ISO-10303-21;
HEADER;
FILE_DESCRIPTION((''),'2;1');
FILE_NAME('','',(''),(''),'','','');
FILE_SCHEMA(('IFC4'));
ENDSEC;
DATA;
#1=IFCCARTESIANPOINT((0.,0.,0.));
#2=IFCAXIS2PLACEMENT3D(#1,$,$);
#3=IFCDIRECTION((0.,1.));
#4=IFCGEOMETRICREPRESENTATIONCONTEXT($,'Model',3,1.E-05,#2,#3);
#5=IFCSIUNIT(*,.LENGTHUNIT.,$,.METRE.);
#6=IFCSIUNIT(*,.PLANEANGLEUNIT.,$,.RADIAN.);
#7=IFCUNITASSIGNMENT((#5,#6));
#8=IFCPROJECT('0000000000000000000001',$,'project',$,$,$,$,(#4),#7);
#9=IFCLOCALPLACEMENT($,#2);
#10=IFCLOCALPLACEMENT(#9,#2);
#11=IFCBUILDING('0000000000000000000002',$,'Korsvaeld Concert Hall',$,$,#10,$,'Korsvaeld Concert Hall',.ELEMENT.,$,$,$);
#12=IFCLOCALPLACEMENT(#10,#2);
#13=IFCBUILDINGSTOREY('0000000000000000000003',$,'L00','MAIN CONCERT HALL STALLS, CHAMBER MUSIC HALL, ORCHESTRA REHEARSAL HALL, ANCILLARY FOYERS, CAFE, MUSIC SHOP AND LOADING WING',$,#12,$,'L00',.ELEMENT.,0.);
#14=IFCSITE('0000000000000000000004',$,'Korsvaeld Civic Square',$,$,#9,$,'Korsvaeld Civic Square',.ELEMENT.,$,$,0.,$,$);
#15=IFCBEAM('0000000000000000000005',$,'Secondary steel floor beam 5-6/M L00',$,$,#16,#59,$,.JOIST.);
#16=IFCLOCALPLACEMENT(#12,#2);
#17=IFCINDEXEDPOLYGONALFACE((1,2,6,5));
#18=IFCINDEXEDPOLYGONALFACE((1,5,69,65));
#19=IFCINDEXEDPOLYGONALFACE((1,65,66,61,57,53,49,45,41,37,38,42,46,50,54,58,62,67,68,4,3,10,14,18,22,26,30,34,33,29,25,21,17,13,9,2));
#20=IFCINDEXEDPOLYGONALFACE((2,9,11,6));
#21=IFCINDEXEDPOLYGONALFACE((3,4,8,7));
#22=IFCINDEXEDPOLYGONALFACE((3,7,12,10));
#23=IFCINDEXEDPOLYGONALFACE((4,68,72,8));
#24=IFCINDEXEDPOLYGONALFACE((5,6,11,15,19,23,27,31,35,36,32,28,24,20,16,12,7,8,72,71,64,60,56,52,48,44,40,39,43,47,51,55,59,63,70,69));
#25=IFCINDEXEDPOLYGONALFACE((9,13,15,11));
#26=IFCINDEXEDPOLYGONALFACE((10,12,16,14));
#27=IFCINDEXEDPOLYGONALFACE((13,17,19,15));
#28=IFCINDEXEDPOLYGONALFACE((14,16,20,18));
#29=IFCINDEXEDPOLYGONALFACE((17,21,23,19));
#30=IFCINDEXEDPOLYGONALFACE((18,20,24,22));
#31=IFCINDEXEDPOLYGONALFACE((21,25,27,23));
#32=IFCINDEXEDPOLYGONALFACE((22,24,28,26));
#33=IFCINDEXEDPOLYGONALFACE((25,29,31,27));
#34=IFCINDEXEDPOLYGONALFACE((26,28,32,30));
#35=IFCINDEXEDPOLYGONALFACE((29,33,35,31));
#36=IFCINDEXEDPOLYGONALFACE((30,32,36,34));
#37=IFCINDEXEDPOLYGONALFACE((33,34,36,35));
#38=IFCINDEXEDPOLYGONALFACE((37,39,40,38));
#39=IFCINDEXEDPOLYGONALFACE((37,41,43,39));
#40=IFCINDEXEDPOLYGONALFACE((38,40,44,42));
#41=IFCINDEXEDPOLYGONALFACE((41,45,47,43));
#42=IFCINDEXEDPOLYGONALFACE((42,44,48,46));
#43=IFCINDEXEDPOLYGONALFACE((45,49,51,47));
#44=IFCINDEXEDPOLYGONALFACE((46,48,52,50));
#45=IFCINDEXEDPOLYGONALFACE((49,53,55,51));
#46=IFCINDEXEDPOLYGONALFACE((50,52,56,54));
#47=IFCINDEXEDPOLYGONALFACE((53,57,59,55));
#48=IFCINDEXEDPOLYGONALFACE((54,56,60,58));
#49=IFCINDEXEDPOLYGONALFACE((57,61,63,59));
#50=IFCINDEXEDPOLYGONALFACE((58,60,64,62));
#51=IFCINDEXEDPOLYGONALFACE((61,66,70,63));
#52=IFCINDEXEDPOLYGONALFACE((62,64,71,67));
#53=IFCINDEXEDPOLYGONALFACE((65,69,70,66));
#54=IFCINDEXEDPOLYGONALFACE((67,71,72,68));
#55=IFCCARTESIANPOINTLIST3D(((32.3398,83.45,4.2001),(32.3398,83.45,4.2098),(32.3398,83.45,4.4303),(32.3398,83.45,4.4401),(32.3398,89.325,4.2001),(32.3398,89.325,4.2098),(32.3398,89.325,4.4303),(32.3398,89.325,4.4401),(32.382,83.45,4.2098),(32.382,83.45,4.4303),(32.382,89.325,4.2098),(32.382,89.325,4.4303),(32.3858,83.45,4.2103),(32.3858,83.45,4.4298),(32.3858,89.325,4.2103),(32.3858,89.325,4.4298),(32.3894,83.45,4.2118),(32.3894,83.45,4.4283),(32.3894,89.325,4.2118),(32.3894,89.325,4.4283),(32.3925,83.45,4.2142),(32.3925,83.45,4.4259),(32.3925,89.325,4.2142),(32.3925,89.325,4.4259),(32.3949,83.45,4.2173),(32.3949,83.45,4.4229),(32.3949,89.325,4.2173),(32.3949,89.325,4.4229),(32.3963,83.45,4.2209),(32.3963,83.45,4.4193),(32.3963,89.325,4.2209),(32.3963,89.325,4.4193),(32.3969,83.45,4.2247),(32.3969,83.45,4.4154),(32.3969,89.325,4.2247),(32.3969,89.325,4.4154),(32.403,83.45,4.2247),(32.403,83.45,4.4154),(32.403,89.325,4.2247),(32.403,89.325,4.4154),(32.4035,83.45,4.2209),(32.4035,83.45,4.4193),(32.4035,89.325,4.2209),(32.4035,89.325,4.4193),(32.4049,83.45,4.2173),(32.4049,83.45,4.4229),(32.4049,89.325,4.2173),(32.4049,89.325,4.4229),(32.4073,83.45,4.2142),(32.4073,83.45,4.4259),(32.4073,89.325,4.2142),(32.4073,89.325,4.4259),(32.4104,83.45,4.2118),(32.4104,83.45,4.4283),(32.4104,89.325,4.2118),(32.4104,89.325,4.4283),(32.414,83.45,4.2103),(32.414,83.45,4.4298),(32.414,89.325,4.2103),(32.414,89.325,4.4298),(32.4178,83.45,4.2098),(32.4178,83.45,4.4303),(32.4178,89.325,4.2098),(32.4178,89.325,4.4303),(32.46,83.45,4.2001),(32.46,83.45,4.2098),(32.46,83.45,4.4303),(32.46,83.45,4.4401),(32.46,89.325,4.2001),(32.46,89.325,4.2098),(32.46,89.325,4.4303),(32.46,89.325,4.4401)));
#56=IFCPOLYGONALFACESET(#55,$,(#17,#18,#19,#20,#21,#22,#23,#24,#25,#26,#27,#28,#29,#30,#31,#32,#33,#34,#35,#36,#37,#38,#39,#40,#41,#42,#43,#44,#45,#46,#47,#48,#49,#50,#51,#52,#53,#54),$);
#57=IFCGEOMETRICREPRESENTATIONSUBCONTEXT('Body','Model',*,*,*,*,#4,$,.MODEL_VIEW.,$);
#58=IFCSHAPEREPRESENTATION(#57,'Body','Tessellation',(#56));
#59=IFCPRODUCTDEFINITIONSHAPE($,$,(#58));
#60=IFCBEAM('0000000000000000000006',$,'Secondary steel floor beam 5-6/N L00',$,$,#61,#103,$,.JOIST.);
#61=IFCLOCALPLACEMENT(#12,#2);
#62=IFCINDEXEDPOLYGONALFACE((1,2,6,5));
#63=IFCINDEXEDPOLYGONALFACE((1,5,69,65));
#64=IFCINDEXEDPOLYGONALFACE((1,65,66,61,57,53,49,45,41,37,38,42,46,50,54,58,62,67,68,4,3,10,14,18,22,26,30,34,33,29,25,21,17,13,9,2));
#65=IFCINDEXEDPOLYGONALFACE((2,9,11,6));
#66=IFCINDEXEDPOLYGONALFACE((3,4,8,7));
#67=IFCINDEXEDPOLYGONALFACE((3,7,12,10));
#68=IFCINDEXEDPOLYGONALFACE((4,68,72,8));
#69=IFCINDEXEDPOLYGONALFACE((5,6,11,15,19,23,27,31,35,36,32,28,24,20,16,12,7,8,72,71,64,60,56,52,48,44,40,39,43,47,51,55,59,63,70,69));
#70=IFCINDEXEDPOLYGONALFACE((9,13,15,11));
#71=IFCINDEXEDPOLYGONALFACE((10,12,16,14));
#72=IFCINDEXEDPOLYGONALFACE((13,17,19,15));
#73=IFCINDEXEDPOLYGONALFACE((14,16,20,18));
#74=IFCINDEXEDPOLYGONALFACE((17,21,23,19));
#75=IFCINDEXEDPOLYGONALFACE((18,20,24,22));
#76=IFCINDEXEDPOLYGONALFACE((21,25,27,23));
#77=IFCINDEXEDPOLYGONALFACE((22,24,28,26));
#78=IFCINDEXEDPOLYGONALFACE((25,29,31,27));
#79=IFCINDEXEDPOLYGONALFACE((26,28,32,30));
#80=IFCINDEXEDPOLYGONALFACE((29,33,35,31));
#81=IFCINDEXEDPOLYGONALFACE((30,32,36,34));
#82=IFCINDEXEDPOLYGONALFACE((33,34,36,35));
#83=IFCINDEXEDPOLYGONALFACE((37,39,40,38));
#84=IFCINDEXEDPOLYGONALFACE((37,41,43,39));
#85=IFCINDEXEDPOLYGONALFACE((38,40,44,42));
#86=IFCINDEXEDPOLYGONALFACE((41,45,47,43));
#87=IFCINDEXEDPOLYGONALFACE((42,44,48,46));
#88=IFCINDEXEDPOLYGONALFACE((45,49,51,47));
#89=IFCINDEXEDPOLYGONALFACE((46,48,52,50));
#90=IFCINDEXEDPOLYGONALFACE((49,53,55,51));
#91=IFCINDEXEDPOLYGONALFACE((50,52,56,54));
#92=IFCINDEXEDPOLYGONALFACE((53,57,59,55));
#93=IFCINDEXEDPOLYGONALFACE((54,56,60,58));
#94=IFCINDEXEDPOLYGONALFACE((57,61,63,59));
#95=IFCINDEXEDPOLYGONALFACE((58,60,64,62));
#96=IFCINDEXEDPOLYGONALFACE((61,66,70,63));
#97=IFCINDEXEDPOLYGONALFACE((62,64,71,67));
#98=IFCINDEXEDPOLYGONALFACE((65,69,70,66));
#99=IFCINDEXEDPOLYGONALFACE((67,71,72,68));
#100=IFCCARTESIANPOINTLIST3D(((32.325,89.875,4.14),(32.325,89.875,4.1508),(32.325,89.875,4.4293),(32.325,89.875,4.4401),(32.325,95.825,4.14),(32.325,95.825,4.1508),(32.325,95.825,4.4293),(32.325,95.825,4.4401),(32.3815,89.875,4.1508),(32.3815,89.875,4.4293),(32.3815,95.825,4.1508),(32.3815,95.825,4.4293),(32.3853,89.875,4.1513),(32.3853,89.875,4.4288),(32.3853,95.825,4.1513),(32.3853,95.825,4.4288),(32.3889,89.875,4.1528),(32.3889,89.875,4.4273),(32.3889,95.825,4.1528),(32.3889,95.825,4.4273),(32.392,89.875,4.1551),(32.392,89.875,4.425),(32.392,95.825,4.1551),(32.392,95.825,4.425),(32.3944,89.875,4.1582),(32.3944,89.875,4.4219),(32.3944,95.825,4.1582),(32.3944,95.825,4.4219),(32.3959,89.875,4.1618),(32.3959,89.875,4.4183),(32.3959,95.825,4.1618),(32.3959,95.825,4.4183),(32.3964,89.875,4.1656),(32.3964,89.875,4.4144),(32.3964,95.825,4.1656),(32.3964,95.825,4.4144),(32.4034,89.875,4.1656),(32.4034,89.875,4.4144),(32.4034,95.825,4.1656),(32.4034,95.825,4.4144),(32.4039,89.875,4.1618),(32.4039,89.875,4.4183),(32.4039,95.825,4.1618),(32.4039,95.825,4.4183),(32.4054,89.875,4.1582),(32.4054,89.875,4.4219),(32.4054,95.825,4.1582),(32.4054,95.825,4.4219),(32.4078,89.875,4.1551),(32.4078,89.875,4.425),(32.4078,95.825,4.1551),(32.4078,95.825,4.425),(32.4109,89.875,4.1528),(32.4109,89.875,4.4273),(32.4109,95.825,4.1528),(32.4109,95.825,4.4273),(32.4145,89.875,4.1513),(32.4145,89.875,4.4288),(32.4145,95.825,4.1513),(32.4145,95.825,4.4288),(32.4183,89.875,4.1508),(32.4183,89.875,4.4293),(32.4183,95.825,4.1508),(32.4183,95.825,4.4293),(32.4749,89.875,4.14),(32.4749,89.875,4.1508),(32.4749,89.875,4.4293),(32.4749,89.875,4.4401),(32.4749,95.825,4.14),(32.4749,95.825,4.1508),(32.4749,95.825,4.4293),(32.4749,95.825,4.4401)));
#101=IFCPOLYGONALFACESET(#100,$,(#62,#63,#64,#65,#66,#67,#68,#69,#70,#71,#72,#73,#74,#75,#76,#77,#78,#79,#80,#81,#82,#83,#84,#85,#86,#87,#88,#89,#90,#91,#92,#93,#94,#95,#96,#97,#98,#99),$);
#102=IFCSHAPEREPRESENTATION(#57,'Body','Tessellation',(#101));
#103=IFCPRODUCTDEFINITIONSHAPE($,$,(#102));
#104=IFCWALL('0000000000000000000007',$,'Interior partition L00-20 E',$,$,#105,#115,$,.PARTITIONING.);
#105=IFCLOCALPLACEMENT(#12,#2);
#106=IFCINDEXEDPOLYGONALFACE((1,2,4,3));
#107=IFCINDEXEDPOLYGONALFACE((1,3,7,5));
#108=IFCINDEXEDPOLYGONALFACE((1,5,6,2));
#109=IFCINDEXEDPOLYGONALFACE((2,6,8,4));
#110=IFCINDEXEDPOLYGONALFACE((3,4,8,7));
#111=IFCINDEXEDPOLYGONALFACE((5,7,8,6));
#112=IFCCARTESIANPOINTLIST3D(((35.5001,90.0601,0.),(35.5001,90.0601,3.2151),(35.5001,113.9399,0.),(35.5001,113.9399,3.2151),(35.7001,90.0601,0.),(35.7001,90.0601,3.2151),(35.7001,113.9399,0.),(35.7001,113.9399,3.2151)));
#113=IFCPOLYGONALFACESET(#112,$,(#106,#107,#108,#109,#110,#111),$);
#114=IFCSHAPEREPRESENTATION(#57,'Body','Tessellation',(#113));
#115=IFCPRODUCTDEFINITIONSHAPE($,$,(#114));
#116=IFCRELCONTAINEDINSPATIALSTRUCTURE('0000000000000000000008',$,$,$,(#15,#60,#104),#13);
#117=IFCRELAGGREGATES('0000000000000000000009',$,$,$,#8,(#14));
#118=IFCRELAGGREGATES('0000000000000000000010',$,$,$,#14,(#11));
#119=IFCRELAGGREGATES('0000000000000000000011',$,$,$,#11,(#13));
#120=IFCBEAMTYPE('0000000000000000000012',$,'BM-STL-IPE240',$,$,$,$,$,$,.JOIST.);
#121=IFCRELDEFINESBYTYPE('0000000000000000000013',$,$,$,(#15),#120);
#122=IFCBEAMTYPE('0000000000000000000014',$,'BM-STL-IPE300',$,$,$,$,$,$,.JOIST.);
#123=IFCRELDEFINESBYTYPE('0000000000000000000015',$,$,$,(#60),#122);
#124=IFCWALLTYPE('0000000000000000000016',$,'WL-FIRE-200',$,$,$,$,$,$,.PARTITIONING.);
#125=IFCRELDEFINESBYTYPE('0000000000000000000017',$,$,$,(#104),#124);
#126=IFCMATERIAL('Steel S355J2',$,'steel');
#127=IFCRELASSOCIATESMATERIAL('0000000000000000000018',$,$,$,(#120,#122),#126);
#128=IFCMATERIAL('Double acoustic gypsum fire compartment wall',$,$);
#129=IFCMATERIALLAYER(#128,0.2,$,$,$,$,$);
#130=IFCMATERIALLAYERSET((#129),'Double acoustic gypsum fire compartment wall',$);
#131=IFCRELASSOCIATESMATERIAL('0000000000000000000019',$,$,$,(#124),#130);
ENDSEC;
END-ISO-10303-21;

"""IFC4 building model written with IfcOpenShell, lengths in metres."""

from ifc_helpers import new_model, si_unit, direction, frame, frame_2d, origin, origin_2d, place, context, subcontext, project, spatial, rectangle, i_section, extrude, material, layer, layer_set, material_profile, profile_set, type_object, element, save


model = new_model("IFC4")

# Units and contexts
model_context = context("Model", 3, precision=1e-05, world=origin(), true_north=direction((0.0, 1.0)))
body_context = subcontext(model_context, "Body", "Model", "MODEL_VIEW")
ifc_project = project(units=[si_unit("LENGTHUNIT", "METRE"), si_unit("PLANEANGLEUNIT", "RADIAN")], contexts=[model_context])

# Site, building, storey
site_placement = place(None, origin())
site = spatial("IfcSite", under=ifc_project, at=site_placement, Name="Korsvaeld Civic Square", LongName="Korsvaeld Civic Square", CompositionType="ELEMENT", RefElevation=0.0)
building_placement = place(site_placement, origin())
building = spatial("IfcBuilding", under=site, at=building_placement, Name="Korsvaeld Concert Hall", LongName="Korsvaeld Concert Hall", CompositionType="ELEMENT")
storey_placement = place(building_placement, origin())
storey = spatial("IfcBuildingStorey", under=building, at=storey_placement, Name="L00", Description="MAIN CONCERT HALL STALLS, CHAMBER MUSIC HALL, ORCHESTRA REHEARSAL HALL, ANCILLARY FOYERS, CAFE, MUSIC SHOP AND LOADING WING", LongName="L00", CompositionType="ELEMENT", Elevation=0.0)

# Beams
ifc_material_1 = material(Name="Steel S355J2", Category="steel")
ifc_material_profile_1 = material_profile(ifc_material_1, i_section(OverallWidth=0.1201, OverallDepth=0.24, WebThickness=0.0061, FlangeThickness=0.0098, FilletRadius=0.0149, at=origin_2d()), Name="IPE 240")
ifc_profile_set_1 = profile_set([ifc_material_profile_1], Name="Steel S355J2")
beam_type_1 = type_object("IfcBeamType", Name="BM-STL-IPE240", PredefinedType="JOIST", material=ifc_profile_set_1)
beam_1_placement = place(storey_placement, frame((32.3999, 83.45, 4.3201), z_axis=(0.0, 1.0, 0.0), x_axis=(-1.0, 0.0, 0.0)))
element("IfcBeam", 1, at=beam_1_placement, inside=storey, type_object=beam_type_1, Name="Secondary steel floor beam 5-6/M L00", PredefinedType="JOIST", context=body_context, shape_type="SweptSolid", body=[
    extrude(i_section(OverallWidth=0.1201, OverallDepth=0.24, WebThickness=0.0061, FlangeThickness=0.0098, FilletRadius=0.0149, at=origin_2d()), origin(), (0.0, 0.0, 1.0), 5.875),
])
ifc_material_profile_2 = material_profile(ifc_material_1, i_section(OverallWidth=0.1499, OverallDepth=0.3, WebThickness=0.0071, FlangeThickness=0.0107, FilletRadius=0.0149, at=origin_2d()), Name="IPE 300")
ifc_profile_set_2 = profile_set([ifc_material_profile_2], Name="Steel S355J2")
beam_type_2 = type_object("IfcBeamType", Name="BM-STL-IPE300", PredefinedType="JOIST", material=ifc_profile_set_2)
beam_2_placement = place(storey_placement, frame((32.3999, 89.875, 4.29), z_axis=(0.0, 1.0, 0.0), x_axis=(-1.0, 0.0, 0.0)))
element("IfcBeam", 2, at=beam_2_placement, inside=storey, type_object=beam_type_2, Name="Secondary steel floor beam 5-6/N L00", PredefinedType="JOIST", context=body_context, shape_type="SweptSolid", body=[
    extrude(i_section(OverallWidth=0.1499, OverallDepth=0.3, WebThickness=0.0071, FlangeThickness=0.0107, FilletRadius=0.0149, at=origin_2d()), origin(), (0.0, 0.0, 1.0), 5.95),
])

# Wall
ifc_material_2 = material(Name="Double acoustic gypsum fire compartment wall")
ifc_layer = layer(ifc_material_2, 0.2)
ifc_layer_set = layer_set([ifc_layer], Name="Double acoustic gypsum fire compartment wall")
wall_type = type_object("IfcWallType", Name="WL-FIRE-200", PredefinedType="PARTITIONING", material=ifc_layer_set)
wall_placement = place(storey_placement, frame((35.6001, 90.0601, 0.0), z_axis=(0.0, 0.0, 1.0), x_axis=(0.0, 1.0, 0.0)))
element("IfcWall", 3, at=wall_placement, inside=storey, type_object=wall_type, Name="Interior partition L00-20 E", PredefinedType="PARTITIONING", context=body_context, shape_type="SweptSolid", body=[
    extrude(rectangle(XDim=23.8799, YDim=0.2, at=frame_2d((11.9399, 0.0))), origin(), (0.0, 0.0, 1.0), 3.2151),
])

save(model, "model.ifc")
